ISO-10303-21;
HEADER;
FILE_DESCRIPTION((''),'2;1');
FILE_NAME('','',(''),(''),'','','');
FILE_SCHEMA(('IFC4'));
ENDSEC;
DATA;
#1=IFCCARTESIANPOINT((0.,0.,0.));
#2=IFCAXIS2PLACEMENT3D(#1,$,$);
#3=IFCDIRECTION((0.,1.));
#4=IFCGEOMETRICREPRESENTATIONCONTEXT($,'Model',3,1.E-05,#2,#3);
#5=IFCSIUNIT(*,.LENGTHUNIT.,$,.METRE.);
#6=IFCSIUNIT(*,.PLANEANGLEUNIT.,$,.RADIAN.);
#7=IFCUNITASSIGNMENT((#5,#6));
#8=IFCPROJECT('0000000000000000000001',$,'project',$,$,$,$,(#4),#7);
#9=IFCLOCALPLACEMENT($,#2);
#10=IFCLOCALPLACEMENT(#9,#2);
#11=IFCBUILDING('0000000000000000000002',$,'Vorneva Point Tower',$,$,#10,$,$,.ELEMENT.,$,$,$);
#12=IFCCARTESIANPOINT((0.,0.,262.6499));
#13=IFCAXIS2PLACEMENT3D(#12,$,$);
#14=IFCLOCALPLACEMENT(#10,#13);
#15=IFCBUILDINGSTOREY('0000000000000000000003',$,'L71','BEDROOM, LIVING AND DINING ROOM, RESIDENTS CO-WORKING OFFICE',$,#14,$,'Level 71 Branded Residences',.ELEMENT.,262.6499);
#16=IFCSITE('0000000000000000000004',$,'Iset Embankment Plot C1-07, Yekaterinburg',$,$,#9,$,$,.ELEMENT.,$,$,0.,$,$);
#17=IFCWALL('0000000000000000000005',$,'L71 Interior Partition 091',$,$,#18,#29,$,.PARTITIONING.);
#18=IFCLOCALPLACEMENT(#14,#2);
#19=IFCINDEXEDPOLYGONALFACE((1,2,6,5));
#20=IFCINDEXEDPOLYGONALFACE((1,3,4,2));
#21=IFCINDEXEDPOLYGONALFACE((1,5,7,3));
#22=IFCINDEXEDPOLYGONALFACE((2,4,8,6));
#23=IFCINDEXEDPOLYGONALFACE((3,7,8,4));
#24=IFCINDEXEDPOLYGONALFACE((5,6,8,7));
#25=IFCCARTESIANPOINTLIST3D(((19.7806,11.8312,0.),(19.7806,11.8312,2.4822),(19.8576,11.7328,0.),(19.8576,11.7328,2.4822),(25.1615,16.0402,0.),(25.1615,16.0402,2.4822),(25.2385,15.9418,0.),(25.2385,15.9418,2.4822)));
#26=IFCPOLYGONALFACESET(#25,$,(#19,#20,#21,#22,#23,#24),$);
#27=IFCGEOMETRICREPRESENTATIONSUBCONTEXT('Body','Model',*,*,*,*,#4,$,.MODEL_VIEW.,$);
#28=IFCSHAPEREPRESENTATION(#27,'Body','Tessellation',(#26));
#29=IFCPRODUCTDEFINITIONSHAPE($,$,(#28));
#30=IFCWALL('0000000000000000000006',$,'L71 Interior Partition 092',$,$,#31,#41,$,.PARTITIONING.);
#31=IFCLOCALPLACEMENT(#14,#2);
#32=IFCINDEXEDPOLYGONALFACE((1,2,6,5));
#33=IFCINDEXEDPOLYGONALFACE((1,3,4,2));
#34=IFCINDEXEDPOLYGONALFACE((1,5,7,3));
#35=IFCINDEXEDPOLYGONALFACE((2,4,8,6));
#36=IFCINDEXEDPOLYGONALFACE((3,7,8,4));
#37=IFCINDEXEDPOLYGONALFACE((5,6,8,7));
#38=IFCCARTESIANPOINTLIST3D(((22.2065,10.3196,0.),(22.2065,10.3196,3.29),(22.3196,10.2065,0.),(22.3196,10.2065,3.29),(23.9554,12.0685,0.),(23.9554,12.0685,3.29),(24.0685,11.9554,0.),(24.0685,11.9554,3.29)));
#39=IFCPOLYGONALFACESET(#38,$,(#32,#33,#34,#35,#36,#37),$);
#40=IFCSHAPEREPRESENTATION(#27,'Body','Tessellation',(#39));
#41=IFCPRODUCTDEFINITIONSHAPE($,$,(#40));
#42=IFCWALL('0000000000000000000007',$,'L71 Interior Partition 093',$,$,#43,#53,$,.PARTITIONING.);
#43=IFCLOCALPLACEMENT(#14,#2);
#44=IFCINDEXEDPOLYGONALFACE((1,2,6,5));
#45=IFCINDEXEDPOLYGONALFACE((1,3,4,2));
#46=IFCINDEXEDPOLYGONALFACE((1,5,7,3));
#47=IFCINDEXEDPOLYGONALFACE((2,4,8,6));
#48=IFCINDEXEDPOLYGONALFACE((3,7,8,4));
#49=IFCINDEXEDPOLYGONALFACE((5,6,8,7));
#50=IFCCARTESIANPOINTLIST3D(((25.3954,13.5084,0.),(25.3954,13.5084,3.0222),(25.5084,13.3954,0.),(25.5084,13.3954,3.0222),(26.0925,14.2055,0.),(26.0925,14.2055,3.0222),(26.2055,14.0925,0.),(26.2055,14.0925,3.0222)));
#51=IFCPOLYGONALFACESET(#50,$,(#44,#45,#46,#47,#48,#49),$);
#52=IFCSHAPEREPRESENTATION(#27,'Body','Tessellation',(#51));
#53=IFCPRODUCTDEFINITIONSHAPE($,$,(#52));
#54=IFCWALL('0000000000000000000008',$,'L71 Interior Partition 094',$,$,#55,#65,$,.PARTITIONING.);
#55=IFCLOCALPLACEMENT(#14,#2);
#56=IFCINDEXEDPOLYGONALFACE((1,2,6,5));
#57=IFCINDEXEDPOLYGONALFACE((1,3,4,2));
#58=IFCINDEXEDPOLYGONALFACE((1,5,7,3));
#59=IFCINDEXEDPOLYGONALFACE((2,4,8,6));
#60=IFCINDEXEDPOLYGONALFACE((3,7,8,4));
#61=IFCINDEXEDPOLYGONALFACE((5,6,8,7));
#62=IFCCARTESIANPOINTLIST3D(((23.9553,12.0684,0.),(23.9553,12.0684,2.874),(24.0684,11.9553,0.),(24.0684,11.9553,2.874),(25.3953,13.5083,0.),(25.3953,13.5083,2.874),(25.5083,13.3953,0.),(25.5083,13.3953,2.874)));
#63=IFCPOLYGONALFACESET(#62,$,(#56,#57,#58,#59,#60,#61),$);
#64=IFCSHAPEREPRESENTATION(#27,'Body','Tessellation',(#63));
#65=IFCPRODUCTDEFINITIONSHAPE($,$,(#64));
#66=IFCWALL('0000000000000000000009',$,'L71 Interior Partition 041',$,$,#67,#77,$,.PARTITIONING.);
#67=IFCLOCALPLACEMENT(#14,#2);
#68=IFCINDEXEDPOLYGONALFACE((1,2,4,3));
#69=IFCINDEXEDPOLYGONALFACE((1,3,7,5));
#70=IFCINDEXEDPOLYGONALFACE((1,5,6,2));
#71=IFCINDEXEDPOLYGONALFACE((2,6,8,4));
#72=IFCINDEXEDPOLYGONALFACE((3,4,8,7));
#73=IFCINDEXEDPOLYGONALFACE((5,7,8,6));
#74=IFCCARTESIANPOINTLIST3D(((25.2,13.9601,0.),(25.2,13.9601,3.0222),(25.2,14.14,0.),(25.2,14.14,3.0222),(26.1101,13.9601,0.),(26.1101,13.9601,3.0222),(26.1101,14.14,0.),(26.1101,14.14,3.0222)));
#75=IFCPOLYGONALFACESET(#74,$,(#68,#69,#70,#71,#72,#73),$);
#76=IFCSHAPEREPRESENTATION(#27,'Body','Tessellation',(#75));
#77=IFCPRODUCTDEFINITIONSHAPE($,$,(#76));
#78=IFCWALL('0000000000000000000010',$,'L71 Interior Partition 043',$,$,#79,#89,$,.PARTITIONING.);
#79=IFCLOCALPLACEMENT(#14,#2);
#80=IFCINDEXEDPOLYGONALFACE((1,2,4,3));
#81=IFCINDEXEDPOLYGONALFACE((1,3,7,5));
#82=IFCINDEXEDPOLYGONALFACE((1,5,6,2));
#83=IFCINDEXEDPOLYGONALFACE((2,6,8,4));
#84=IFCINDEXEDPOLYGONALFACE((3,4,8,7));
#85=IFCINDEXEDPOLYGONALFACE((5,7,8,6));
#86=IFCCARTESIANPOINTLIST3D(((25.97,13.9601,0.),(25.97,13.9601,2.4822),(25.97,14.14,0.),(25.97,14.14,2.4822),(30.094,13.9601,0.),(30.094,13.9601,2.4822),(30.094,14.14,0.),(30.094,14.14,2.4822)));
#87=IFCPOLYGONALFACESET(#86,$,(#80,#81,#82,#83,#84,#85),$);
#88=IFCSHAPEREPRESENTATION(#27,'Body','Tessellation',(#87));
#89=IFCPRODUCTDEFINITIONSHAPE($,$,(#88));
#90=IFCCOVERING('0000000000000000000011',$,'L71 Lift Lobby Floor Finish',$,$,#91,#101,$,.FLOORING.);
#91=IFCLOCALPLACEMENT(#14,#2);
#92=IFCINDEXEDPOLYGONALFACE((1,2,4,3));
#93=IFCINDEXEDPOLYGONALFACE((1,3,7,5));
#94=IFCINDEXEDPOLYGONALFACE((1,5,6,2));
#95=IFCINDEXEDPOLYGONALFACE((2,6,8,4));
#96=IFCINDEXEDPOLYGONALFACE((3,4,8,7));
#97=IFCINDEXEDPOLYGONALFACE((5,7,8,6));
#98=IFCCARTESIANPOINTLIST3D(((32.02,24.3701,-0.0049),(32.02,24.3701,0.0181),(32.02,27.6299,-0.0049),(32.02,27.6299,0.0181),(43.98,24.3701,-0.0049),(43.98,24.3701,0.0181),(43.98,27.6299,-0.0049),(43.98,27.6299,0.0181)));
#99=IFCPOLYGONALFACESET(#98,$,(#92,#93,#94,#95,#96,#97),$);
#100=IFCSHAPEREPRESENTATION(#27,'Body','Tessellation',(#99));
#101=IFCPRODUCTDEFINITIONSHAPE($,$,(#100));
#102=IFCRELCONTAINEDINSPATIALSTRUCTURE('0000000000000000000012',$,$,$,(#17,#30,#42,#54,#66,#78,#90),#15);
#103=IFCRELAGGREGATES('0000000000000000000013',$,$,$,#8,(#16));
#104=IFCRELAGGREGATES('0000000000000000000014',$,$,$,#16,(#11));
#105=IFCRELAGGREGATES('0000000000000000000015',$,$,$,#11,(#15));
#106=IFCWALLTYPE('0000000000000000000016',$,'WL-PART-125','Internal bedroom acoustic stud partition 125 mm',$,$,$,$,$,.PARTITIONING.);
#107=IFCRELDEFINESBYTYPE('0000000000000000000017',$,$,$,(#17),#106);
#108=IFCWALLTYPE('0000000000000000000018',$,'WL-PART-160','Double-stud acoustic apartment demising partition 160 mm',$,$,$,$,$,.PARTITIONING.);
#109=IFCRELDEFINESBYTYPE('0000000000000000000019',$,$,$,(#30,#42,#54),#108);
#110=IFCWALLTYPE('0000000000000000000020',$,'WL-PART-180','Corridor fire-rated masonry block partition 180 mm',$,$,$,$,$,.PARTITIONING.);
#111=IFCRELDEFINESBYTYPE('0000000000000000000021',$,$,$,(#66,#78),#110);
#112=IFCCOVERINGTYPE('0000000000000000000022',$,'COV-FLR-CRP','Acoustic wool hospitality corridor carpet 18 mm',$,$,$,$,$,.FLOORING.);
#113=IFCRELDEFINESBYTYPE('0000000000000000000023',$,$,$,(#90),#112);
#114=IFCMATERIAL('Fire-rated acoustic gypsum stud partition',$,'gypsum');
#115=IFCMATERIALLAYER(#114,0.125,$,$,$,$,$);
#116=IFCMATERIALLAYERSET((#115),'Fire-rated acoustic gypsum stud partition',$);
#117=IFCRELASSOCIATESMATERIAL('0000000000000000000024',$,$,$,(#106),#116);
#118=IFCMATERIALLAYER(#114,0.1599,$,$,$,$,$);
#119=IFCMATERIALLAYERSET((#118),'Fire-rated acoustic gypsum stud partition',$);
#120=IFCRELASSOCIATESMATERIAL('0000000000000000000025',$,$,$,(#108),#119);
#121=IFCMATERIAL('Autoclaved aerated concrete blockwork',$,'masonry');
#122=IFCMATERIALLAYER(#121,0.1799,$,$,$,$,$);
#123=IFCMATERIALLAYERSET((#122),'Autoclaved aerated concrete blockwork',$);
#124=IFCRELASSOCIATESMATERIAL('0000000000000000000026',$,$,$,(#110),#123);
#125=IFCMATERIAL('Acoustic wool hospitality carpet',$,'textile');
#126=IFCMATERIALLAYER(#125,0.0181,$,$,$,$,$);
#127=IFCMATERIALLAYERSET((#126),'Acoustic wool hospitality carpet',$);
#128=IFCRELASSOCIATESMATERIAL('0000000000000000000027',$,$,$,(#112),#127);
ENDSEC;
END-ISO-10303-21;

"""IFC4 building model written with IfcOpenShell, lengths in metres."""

from ifc_helpers import new_model, si_unit, direction, frame, frame_2d, origin, place, context, subcontext, project, spatial, polyline, rectangle, outline, extrude, material, layer, layer_set, type_object, element, save


model = new_model("IFC4")

# Units and contexts
model_context = context("Model", 3, precision=1e-05, world=origin(), true_north=direction((0.0, 1.0)))
body_context = subcontext(model_context, "Body", "Model", "MODEL_VIEW")
ifc_project = project(units=[si_unit("LENGTHUNIT", "METRE"), si_unit("PLANEANGLEUNIT", "RADIAN")], contexts=[model_context])

# Site, building, storey
site_placement = place(None, origin())
site = spatial("IfcSite", under=ifc_project, at=site_placement, Name="Iset Embankment Plot C1-07, Yekaterinburg", CompositionType="ELEMENT", RefElevation=0.0)
building_placement = place(site_placement, origin())
building = spatial("IfcBuilding", under=site, at=building_placement, Name="Vorneva Point Tower", CompositionType="ELEMENT")
storey_placement = place(building_placement, frame((0.0, 0.0, 262.6499)))
storey = spatial("IfcBuildingStorey", under=building, at=storey_placement, Name="L71", Description="BEDROOM, LIVING AND DINING ROOM, RESIDENTS CO-WORKING OFFICE", LongName="Level 71 Branded Residences", CompositionType="ELEMENT", Elevation=262.6499)

# Walls
ifc_material_1 = material(Name="Fire-rated acoustic gypsum stud partition", Category="gypsum")
ifc_layer_1 = layer(ifc_material_1, 0.125)
ifc_layer_set_1 = layer_set([ifc_layer_1], Name="Fire-rated acoustic gypsum stud partition")
wall_type_1 = type_object("IfcWallType", Name="WL-PART-125", Description="Internal bedroom acoustic stud partition 125 mm", PredefinedType="PARTITIONING", material=ifc_layer_set_1)
wall_1_placement = place(storey_placement, frame((19.8191, 11.782, 0.0), z_axis=(0.0, 0.0, 1.0), x_axis=(0.787656, 0.616116, 0.0)))
element("IfcWall", 1, at=wall_1_placement, inside=storey, type_object=wall_type_1, Name="L71 Interior Partition 091", PredefinedType="PARTITIONING", context=body_context, shape_type="SweptSolid", body=[
    extrude(rectangle(XDim=6.8315, YDim=0.125, at=frame_2d((3.4158, 0.0))), origin(), (0.0, 0.0, 1.0), 2.4822),
])
ifc_layer_2 = layer(ifc_material_1, 0.1599)
ifc_layer_set_2 = layer_set([ifc_layer_2], Name="Fire-rated acoustic gypsum stud partition")
wall_type_2 = type_object("IfcWallType", Name="WL-PART-160", Description="Double-stud acoustic apartment demising partition 160 mm", PredefinedType="PARTITIONING", material=ifc_layer_set_2)
wall_2_placement = place(storey_placement, frame((22.2629, 10.2629, 0.0), z_axis=(0.0, 0.0, 1.0), x_axis=(0.707107, 0.707107, 0.0)))
element("IfcWall", 2, at=wall_2_placement, inside=storey, type_object=wall_type_2, Name="L71 Interior Partition 092", PredefinedType="PARTITIONING", context=body_context, shape_type="SweptSolid", body=[
    extrude(rectangle(XDim=2.4734, YDim=0.1599, at=frame_2d((1.2368, 0.0))), origin(), (0.0, 0.0, 1.0), 3.29),
])
wall_3_placement = place(storey_placement, frame((25.4519, 13.4519, 0.0), z_axis=(0.0, 0.0, 1.0), x_axis=(0.707107, 0.707107, 0.0)))
element("IfcWall", 3, at=wall_3_placement, inside=storey, type_object=wall_type_2, Name="L71 Interior Partition 093", PredefinedType="PARTITIONING", context=body_context, shape_type="SweptSolid", body=[
    extrude(rectangle(XDim=0.9858, YDim=0.1599, at=frame_2d((0.4929, 0.0))), origin(), (0.0, 0.0, 1.0), 3.0222),
])
wall_4_placement = place(storey_placement, frame((24.012, 12.012, 0.0), z_axis=(0.0, 0.0, 1.0), x_axis=(0.707107, 0.707107, 0.0)))
element("IfcWall", 4, at=wall_4_placement, inside=storey, type_object=wall_type_2, Name="L71 Interior Partition 094", PredefinedType="PARTITIONING", context=body_context, shape_type="SweptSolid", body=[
    extrude(rectangle(XDim=2.0364, YDim=0.1599, at=frame_2d((1.0181, 0.0))), origin(), (0.0, 0.0, 1.0), 2.874),
])
ifc_material_2 = material(Name="Autoclaved aerated concrete blockwork", Category="masonry")
ifc_layer_3 = layer(ifc_material_2, 0.1799)
ifc_layer_set_3 = layer_set([ifc_layer_3], Name="Autoclaved aerated concrete blockwork")
wall_type_3 = type_object("IfcWallType", Name="WL-PART-180", Description="Corridor fire-rated masonry block partition 180 mm", PredefinedType="PARTITIONING", material=ifc_layer_set_3)
wall_5_placement = place(storey_placement, frame((25.2, 14.05, 0.0), z_axis=(0.0, 0.0, 1.0), x_axis=(1.0, 0.0, 0.0)))
element("IfcWall", 5, at=wall_5_placement, inside=storey, type_object=wall_type_3, Name="L71 Interior Partition 041", PredefinedType="PARTITIONING", context=body_context, shape_type="SweptSolid", body=[
    extrude(rectangle(XDim=0.9102, YDim=0.1799, at=frame_2d((0.4551, 0.0))), origin(), (0.0, 0.0, 1.0), 3.0222),
])
wall_6_placement = place(storey_placement, frame((25.97, 14.05, 0.0), z_axis=(0.0, 0.0, 1.0), x_axis=(1.0, 0.0, 0.0)))
element("IfcWall", 6, at=wall_6_placement, inside=storey, type_object=wall_type_3, Name="L71 Interior Partition 043", PredefinedType="PARTITIONING", context=body_context, shape_type="SweptSolid", body=[
    extrude(rectangle(XDim=4.124, YDim=0.1799, at=frame_2d((2.062, 0.0))), origin(), (0.0, 0.0, 1.0), 2.4822),
])

# Covering
ifc_material_3 = material(Name="Acoustic wool hospitality carpet", Category="textile")
ifc_layer_4 = layer(ifc_material_3, 0.0181)
ifc_layer_set_4 = layer_set([ifc_layer_4], Name="Acoustic wool hospitality carpet")
covering_type = type_object("IfcCoveringType", Name="COV-FLR-CRP", Description="Acoustic wool hospitality corridor carpet 18 mm", PredefinedType="FLOORING", material=ifc_layer_set_4)
covering_placement = place(storey_placement, frame((0.0, 0.0, -0.0049)))
element("IfcCovering", 7, at=covering_placement, inside=storey, type_object=covering_type, Name="L71 Lift Lobby Floor Finish", PredefinedType="FLOORING", context=body_context, shape_type="SweptSolid", body=[
    extrude(outline(polyline([(32.02, 24.3701), (43.98, 24.3701), (43.98, 27.6299), (32.02, 27.6299), (32.02, 24.3701)])), origin(), (0.0, 0.0, 1.0), 0.0229),
])

save(model, "model.ifc")
